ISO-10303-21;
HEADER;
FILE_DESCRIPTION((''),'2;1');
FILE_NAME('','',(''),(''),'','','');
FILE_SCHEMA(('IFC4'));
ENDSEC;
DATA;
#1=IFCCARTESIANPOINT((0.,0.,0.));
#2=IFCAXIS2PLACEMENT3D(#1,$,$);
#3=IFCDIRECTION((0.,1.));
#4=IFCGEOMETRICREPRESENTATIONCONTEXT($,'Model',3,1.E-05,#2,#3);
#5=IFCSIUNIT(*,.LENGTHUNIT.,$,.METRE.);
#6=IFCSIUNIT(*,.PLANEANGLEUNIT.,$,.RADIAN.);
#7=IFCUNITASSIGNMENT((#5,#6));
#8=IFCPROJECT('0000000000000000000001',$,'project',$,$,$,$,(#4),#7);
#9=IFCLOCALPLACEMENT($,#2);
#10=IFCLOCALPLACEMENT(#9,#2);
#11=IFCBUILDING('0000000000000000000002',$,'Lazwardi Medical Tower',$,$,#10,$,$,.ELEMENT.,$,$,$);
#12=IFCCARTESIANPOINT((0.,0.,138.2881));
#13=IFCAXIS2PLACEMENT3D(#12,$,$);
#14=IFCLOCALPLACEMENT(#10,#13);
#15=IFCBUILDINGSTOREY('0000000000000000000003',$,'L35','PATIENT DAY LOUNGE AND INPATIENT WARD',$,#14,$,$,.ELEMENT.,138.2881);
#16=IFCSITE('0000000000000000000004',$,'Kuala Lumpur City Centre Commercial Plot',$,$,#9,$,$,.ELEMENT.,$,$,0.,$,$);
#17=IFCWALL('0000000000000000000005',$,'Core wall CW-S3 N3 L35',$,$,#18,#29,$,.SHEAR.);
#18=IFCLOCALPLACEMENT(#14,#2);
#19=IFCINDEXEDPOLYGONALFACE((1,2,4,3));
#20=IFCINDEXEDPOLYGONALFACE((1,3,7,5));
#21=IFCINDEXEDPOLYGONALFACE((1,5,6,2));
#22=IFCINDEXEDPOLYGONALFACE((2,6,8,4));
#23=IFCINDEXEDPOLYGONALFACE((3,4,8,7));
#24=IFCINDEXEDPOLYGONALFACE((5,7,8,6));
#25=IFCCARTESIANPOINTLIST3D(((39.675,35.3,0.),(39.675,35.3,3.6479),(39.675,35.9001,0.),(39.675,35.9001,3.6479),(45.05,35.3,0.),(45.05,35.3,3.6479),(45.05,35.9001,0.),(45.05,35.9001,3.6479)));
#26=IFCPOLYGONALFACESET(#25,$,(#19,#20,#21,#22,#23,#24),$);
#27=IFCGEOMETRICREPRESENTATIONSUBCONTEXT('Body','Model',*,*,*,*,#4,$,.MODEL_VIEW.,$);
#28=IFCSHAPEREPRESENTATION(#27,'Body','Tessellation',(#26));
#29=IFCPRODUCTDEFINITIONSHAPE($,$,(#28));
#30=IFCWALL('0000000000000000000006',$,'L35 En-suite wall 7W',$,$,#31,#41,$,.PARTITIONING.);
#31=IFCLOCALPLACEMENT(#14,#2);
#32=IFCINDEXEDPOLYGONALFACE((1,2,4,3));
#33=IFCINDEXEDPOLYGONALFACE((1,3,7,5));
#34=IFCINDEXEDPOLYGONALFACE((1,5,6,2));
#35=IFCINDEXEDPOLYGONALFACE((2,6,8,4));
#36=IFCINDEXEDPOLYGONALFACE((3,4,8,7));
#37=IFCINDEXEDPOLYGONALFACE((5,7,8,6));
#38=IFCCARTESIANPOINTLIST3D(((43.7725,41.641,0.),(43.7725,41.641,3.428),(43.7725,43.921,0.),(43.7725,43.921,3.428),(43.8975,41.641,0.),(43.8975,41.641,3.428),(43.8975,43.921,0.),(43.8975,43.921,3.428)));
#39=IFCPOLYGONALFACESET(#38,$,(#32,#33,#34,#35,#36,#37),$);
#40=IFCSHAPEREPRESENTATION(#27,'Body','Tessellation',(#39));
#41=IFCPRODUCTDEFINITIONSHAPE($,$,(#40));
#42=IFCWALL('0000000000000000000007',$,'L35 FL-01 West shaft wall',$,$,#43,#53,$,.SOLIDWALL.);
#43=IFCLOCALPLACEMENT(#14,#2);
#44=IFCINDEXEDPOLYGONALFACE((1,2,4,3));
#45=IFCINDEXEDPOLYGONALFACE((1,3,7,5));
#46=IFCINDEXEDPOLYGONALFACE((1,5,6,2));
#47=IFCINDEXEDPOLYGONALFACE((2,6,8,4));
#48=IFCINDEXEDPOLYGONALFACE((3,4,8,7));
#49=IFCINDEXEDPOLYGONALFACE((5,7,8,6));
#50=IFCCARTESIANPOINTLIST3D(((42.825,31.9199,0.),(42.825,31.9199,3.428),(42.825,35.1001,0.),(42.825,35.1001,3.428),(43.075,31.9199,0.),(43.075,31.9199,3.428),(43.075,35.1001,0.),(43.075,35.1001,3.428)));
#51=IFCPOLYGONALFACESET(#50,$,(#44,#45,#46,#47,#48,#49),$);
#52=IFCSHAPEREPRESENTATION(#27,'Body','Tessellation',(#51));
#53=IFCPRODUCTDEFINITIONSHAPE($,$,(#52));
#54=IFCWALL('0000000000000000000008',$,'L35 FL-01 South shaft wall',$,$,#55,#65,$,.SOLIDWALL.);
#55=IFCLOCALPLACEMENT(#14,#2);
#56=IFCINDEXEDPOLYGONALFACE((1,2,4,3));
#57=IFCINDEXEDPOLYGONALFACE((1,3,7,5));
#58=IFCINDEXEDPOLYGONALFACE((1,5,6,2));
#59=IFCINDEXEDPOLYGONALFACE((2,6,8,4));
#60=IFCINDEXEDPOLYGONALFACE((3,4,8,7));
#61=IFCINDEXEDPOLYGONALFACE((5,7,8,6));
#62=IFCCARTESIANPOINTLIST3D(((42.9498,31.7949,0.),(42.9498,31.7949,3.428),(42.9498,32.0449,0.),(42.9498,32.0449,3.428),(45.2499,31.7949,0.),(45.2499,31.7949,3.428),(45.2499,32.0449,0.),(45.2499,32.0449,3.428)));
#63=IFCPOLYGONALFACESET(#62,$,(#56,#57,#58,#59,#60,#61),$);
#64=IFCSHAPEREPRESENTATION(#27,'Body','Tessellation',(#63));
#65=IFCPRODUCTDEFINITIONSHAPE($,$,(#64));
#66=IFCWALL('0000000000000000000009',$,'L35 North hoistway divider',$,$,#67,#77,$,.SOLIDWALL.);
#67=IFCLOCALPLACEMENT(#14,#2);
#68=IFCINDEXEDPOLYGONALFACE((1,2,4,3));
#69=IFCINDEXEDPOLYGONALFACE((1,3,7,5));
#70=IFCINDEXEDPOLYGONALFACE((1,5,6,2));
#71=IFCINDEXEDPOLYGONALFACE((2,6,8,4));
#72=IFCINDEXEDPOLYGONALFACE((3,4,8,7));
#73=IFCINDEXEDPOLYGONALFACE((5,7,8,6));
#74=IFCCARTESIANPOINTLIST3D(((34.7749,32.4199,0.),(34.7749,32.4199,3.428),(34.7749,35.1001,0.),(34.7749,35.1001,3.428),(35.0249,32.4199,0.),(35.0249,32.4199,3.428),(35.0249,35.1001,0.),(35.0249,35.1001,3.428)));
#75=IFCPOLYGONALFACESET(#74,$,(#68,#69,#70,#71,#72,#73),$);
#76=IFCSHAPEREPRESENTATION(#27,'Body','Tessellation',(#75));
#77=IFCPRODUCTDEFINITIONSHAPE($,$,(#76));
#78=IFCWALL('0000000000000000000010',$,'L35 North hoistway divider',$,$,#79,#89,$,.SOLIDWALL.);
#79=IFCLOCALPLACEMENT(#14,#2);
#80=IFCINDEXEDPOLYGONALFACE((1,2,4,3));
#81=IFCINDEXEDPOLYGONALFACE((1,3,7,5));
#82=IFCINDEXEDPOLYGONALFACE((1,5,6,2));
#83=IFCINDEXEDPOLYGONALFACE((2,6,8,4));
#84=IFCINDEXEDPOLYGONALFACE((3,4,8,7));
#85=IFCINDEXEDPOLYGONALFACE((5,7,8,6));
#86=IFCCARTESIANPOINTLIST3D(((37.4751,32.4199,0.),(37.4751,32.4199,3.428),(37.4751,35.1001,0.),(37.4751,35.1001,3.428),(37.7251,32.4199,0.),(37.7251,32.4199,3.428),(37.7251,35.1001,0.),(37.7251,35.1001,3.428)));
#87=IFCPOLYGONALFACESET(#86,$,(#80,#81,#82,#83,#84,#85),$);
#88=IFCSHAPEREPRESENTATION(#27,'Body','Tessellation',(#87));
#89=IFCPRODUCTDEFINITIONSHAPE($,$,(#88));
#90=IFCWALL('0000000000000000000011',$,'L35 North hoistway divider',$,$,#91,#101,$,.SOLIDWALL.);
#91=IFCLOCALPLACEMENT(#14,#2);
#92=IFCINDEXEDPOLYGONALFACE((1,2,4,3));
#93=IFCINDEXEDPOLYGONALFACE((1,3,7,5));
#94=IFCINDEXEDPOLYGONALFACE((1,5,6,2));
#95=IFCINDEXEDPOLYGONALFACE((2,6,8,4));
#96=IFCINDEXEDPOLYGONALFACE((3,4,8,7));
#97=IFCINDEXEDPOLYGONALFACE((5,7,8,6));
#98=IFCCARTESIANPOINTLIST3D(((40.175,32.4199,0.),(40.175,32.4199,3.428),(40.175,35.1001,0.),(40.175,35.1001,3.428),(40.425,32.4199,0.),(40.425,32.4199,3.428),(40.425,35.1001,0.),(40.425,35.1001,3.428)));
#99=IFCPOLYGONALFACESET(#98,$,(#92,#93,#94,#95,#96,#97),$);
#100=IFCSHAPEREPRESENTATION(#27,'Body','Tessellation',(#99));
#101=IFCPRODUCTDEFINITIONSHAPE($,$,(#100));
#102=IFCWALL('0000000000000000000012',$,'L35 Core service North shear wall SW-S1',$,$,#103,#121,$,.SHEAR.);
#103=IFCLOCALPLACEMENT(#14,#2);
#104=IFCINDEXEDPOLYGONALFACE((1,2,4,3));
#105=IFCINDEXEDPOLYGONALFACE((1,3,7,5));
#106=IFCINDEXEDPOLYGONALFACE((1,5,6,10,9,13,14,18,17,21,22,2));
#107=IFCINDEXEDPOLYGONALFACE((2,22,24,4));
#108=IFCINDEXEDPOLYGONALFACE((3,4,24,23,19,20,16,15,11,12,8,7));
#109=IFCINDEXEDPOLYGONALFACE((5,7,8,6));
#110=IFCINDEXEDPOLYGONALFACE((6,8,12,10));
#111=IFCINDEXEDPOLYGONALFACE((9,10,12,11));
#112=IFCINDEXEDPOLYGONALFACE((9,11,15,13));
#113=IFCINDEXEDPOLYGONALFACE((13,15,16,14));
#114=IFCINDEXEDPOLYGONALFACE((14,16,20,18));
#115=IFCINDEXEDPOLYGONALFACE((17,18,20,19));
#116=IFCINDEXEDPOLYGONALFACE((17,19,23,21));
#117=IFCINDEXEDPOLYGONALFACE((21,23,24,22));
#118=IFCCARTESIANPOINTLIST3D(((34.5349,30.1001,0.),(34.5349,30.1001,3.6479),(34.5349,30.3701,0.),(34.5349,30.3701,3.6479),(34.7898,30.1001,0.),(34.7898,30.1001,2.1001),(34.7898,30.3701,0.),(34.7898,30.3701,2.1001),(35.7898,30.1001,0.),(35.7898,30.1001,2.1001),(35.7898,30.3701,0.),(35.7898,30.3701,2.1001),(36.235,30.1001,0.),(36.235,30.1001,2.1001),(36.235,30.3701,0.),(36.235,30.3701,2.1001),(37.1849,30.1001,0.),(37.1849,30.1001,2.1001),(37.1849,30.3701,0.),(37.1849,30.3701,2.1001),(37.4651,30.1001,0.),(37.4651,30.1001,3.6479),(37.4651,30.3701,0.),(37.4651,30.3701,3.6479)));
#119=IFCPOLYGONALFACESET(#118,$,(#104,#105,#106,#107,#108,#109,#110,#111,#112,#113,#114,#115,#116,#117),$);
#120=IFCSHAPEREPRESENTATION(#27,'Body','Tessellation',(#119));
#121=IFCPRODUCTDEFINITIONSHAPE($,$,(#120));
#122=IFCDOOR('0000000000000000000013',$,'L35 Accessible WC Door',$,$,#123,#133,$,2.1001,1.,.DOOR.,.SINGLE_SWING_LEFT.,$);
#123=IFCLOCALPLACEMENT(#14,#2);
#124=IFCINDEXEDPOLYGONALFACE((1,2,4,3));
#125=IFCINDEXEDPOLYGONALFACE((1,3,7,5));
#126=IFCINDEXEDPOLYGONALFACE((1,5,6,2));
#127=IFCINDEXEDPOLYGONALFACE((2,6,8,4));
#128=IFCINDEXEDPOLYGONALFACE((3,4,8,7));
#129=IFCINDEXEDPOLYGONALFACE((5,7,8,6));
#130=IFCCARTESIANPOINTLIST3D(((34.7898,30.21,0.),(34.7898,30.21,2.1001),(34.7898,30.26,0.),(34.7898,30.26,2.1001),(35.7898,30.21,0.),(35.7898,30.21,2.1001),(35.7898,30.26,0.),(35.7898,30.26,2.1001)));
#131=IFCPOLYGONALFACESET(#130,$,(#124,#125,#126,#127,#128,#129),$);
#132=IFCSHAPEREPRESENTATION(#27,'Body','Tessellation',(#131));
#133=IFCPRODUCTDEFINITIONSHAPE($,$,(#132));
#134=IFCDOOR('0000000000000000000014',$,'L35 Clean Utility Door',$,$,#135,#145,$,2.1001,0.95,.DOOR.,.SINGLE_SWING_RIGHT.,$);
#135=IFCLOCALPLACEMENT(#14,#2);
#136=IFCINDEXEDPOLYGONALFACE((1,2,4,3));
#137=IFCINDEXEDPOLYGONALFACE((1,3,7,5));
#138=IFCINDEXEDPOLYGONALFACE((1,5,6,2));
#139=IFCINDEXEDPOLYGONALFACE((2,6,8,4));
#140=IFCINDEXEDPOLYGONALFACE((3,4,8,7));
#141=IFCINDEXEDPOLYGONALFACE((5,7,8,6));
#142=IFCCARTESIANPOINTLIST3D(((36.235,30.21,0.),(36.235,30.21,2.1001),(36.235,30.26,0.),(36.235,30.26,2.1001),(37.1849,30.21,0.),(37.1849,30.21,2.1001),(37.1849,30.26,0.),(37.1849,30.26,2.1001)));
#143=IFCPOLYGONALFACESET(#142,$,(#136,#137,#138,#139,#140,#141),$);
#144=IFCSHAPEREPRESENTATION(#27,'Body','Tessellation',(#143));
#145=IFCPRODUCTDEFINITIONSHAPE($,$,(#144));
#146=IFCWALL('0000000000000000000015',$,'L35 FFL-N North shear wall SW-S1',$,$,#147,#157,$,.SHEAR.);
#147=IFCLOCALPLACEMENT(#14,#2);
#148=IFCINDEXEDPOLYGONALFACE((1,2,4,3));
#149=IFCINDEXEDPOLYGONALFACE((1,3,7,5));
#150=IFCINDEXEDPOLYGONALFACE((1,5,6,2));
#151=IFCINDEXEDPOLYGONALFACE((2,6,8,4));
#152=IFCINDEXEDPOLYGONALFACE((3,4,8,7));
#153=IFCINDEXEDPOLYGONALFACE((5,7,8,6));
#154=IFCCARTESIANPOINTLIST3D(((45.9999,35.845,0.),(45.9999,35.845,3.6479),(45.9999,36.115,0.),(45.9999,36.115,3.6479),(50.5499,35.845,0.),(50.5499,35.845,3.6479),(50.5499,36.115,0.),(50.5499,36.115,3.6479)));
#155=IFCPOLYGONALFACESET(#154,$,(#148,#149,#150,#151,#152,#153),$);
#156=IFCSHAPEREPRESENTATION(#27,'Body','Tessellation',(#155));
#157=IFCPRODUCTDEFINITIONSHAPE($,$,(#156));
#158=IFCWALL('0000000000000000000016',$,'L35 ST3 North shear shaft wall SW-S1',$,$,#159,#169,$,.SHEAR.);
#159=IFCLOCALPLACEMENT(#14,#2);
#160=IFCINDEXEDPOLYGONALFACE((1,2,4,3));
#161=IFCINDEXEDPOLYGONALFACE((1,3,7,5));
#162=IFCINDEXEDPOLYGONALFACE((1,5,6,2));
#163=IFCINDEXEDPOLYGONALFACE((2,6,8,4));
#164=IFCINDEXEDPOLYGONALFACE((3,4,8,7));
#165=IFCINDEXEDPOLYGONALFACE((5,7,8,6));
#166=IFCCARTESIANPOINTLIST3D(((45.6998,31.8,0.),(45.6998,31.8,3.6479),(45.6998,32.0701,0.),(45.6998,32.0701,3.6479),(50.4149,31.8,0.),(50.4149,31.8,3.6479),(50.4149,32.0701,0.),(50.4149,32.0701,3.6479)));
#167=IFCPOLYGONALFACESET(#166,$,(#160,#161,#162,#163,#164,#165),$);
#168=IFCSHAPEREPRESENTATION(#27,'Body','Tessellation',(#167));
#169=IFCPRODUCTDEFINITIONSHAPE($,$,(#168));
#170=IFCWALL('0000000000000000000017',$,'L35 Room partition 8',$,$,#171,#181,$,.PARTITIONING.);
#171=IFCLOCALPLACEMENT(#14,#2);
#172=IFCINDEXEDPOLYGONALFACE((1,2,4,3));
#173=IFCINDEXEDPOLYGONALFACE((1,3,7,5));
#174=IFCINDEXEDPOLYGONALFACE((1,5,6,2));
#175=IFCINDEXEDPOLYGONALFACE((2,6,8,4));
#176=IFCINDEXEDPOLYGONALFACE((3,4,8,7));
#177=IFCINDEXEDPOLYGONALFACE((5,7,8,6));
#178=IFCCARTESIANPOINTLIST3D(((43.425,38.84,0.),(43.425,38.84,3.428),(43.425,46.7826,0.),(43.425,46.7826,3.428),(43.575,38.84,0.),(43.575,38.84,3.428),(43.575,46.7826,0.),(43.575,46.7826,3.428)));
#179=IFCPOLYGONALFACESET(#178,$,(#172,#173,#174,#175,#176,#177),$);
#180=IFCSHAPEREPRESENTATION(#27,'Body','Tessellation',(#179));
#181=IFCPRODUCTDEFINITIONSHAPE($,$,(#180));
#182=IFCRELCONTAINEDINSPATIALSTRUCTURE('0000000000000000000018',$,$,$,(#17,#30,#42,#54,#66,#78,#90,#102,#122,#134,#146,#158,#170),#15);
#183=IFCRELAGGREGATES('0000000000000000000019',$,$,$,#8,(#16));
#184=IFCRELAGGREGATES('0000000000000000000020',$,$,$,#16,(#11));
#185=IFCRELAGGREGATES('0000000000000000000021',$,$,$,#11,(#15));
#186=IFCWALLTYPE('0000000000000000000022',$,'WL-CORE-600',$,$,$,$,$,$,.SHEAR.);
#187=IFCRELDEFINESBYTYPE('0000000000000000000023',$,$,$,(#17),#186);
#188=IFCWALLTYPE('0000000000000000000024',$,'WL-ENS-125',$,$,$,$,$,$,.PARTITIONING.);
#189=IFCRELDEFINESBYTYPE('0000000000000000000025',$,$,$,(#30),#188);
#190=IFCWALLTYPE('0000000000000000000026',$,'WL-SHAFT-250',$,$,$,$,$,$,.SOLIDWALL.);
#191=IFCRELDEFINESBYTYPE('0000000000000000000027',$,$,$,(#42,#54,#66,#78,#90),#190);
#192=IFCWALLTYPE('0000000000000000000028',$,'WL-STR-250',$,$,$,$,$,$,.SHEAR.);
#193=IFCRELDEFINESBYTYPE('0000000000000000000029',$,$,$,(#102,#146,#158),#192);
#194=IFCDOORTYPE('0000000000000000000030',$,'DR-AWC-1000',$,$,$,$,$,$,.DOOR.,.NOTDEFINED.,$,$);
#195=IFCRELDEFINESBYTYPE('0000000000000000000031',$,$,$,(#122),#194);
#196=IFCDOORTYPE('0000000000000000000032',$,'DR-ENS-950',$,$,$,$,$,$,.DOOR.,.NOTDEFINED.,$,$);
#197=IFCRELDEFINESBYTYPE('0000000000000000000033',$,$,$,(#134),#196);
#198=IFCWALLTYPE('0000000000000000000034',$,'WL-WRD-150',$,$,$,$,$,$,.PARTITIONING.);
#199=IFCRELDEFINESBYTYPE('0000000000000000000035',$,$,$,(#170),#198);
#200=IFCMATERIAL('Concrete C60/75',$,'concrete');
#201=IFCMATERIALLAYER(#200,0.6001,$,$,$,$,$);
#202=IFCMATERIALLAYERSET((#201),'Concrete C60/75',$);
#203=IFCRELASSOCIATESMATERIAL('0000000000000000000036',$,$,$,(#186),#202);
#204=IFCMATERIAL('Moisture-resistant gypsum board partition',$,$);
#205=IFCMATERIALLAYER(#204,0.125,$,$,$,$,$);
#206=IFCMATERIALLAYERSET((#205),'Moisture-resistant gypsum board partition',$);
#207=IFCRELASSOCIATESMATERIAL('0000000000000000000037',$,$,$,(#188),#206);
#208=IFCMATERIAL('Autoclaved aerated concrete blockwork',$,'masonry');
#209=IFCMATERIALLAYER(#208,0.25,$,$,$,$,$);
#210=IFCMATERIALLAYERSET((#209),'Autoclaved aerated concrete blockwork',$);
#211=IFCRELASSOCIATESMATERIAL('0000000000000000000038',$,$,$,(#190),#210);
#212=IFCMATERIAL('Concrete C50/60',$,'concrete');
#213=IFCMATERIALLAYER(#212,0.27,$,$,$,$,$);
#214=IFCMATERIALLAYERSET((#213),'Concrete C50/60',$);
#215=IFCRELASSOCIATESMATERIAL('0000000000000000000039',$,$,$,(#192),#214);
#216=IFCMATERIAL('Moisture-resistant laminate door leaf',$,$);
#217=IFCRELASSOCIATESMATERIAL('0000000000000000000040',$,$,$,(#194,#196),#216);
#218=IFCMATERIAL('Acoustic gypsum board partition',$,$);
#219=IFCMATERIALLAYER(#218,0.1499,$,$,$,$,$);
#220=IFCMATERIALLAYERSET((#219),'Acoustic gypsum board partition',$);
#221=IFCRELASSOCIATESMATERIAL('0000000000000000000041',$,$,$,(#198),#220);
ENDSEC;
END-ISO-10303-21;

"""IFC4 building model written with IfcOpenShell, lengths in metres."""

from ifc_helpers import new_model, si_unit, direction, frame, frame_2d, origin, place, context, subcontext, project, spatial, rectangle, extrude, material, layer, layer_set, type_object, element, fill, save


model = new_model("IFC4")

# Units and contexts
model_context = context("Model", 3, precision=1e-05, world=origin(), true_north=direction((0.0, 1.0)))
body_context = subcontext(model_context, "Body", "Model", "MODEL_VIEW")
ifc_project = project(units=[si_unit("LENGTHUNIT", "METRE"), si_unit("PLANEANGLEUNIT", "RADIAN")], contexts=[model_context])

# Site, building, storey
site_placement = place(None, origin())
site = spatial("IfcSite", under=ifc_project, at=site_placement, Name="Kuala Lumpur City Centre Commercial Plot", CompositionType="ELEMENT", RefElevation=0.0)
building_placement = place(site_placement, origin())
building = spatial("IfcBuilding", under=site, at=building_placement, Name="Lazwardi Medical Tower", CompositionType="ELEMENT")
storey_placement = place(building_placement, frame((0.0, 0.0, 138.2881)))
storey = spatial("IfcBuildingStorey", under=building, at=storey_placement, Name="L35", Description="PATIENT DAY LOUNGE AND INPATIENT WARD", CompositionType="ELEMENT", Elevation=138.2881)

# Shared definitions
ifc_material_1 = material(Name="Concrete C60/75", Category="concrete")

# Walls
ifc_layer_1 = layer(ifc_material_1, 0.6001)
ifc_layer_set_1 = layer_set([ifc_layer_1], Name="Concrete C60/75")
wall_type_1 = type_object("IfcWallType", Name="WL-CORE-600", PredefinedType="SHEAR", material=ifc_layer_set_1)
wall_1_placement = place(storey_placement, frame((39.675, 35.6001, 0.0), z_axis=(0.0, 0.0, 1.0), x_axis=(1.0, 0.0, 0.0)))
element("IfcWall", 1, at=wall_1_placement, inside=storey, type_object=wall_type_1, Name="Core wall CW-S3 N3 L35", PredefinedType="SHEAR", context=body_context, shape_type="SweptSolid", body=[
    extrude(rectangle(XDim=5.375, YDim=0.6001, at=frame_2d((2.6875, 0.0))), origin(), (0.0, 0.0, 1.0), 3.6479),
])
ifc_material_2 = material(Name="Moisture-resistant gypsum board partition")
ifc_layer_2 = layer(ifc_material_2, 0.125)
ifc_layer_set_2 = layer_set([ifc_layer_2], Name="Moisture-resistant gypsum board partition")
wall_type_2 = type_object("IfcWallType", Name="WL-ENS-125", PredefinedType="PARTITIONING", material=ifc_layer_set_2)
wall_2_placement = place(storey_placement, frame((43.835, 41.6409, 0.0), z_axis=(0.0, 0.0, 1.0), x_axis=(0.0, 1.0, 0.0)))
element("IfcWall", 2, at=wall_2_placement, inside=storey, type_object=wall_type_2, Name="L35 En-suite wall 7W", PredefinedType="PARTITIONING", context=body_context, shape_type="SweptSolid", body=[
    extrude(rectangle(XDim=2.28, YDim=0.125, at=frame_2d((1.1401, 0.0))), origin(), (0.0, 0.0, 1.0), 3.428),
])
ifc_material_3 = material(Name="Autoclaved aerated concrete blockwork", Category="masonry")
ifc_layer_3 = layer(ifc_material_3, 0.25)
ifc_layer_set_3 = layer_set([ifc_layer_3], Name="Autoclaved aerated concrete blockwork")
wall_type_3 = type_object("IfcWallType", Name="WL-SHAFT-250", PredefinedType="SOLIDWALL", material=ifc_layer_set_3)
wall_3_placement = place(storey_placement, frame((42.95, 31.9199, 0.0), z_axis=(0.0, 0.0, 1.0), x_axis=(0.0, 1.0, 0.0)))
element("IfcWall", 3, at=wall_3_placement, inside=storey, type_object=wall_type_3, Name="L35 FL-01 West shaft wall", PredefinedType="SOLIDWALL", context=body_context, shape_type="SweptSolid", body=[
    extrude(rectangle(XDim=3.1802, YDim=0.25, at=frame_2d((1.5901, 0.0))), origin(), (0.0, 0.0, 1.0), 3.428),
])
wall_4_placement = place(storey_placement, frame((42.95, 31.9199, 0.0), z_axis=(0.0, 0.0, 1.0), x_axis=(1.0, 0.0, 0.0)))
element("IfcWall", 4, at=wall_4_placement, inside=storey, type_object=wall_type_3, Name="L35 FL-01 South shaft wall", PredefinedType="SOLIDWALL", context=body_context, shape_type="SweptSolid", body=[
    extrude(rectangle(XDim=2.3, YDim=0.25, at=frame_2d((1.1499, 0.0))), origin(), (0.0, 0.0, 1.0), 3.428),
])
for number, where, z_axis, x_axis, name in (
    (5, (34.8999, 32.4199, 0.0), (0.0, 0.0, 1.0), (0.0, 1.0, 0.0), "L35 North hoistway divider"),
    (6, (37.6001, 32.4199, 0.0), (0.0, 0.0, 1.0), (0.0, 1.0, 0.0), "L35 North hoistway divider"),
    (7, (40.3, 32.4199, 0.0), (0.0, 0.0, 1.0), (0.0, 1.0, 0.0), "L35 North hoistway divider"),
):
    element("IfcWall", number, at=place(storey_placement, frame(where, z_axis=z_axis, x_axis=x_axis)), inside=storey, type_object=wall_type_3, Name=name, PredefinedType="SOLIDWALL", context=body_context, shape_type="SweptSolid", body=[
        extrude(rectangle(XDim=2.6802, YDim=0.25, at=frame_2d((1.3401, 0.0))), origin(), (0.0, 0.0, 1.0), 3.428),
    ])

# Wall, openings, doors
ifc_material_4 = material(Name="Concrete C50/60", Category="concrete")
ifc_layer_4 = layer(ifc_material_4, 0.27)
ifc_layer_set_4 = layer_set([ifc_layer_4], Name="Concrete C50/60")
wall_type_4 = type_object("IfcWallType", Name="WL-STR-250", PredefinedType="SHEAR", material=ifc_layer_set_4)
wall_5_placement = place(storey_placement, frame((34.5349, 30.2351, 0.0), z_axis=(0.0, 0.0, 1.0), x_axis=(1.0, 0.0, 0.0)))
wall_5 = element("IfcWall", 8, at=wall_5_placement, inside=storey, type_object=wall_type_4, Name="L35 Core service North shear wall SW-S1", PredefinedType="SHEAR", context=body_context, shape_type="SweptSolid", body=[
    extrude(rectangle(XDim=2.9302, YDim=0.27, at=frame_2d((1.4651, 0.0))), origin(), (0.0, 0.0, 1.0), 3.6479),
])
opening_1_placement = place(wall_5_placement, frame((0.2549, 0.0, 0.0)))
opening_1 = element("IfcOpeningElement", 9, at=opening_1_placement, cuts=wall_5, PredefinedType="OPENING", context=body_context, shape_type="SweptSolid", body=[
    extrude(rectangle(XDim=1.0, YDim=2.1001, at=frame_2d((0.5, 1.05))), frame((0.0, 0.145, 0.0), z_axis=(0.0, -1.0, 0.0), x_axis=(1.0, 0.0, 0.0)), (0.0, 0.0, 1.0), 0.29),
])
opening_2_placement = place(wall_5_placement, frame((1.7, 0.0, 0.0)))
opening_2 = element("IfcOpeningElement", 10, at=opening_2_placement, cuts=wall_5, PredefinedType="OPENING", context=body_context, shape_type="SweptSolid", body=[
    extrude(rectangle(XDim=0.95, YDim=2.1001, at=frame_2d((0.4751, 1.05))), frame((0.0, 0.145, 0.0), z_axis=(0.0, -1.0, 0.0), x_axis=(1.0, 0.0, 0.0)), (0.0, 0.0, 1.0), 0.29),
])
ifc_material_5 = material(Name="Moisture-resistant laminate door leaf")
door_type_1 = type_object("IfcDoorType", Name="DR-AWC-1000", OperationType="NOTDEFINED", PredefinedType="DOOR", material=ifc_material_5)
door_1_placement = place(opening_1_placement, origin())
door_1 = element("IfcDoor", 11, at=door_1_placement, inside=storey, type_object=door_type_1, Name="L35 Accessible WC Door", OperationType="SINGLE_SWING_LEFT", OverallHeight=2.1001, OverallWidth=1.0, PredefinedType="DOOR", context=body_context, shape_type="SweptSolid", body=[
    extrude(rectangle(XDim=1.0, YDim=2.1001, at=frame_2d((0.5, 1.05))), frame((0.0, 0.0249, 0.0), z_axis=(0.0, -1.0, 0.0), x_axis=(1.0, 0.0, 0.0)), (0.0, 0.0, 1.0), 0.05),
])
fill(opening_1, door_1)
door_type_2 = type_object("IfcDoorType", Name="DR-ENS-950", OperationType="NOTDEFINED", PredefinedType="DOOR", material=ifc_material_5)
door_2_placement = place(opening_2_placement, origin())
door_2 = element("IfcDoor", 12, at=door_2_placement, inside=storey, type_object=door_type_2, Name="L35 Clean Utility Door", OperationType="SINGLE_SWING_RIGHT", OverallHeight=2.1001, OverallWidth=0.95, PredefinedType="DOOR", context=body_context, shape_type="SweptSolid", body=[
    extrude(rectangle(XDim=0.95, YDim=2.1001, at=frame_2d((0.4751, 1.05))), frame((0.0, 0.0249, 0.0), z_axis=(0.0, -1.0, 0.0), x_axis=(1.0, 0.0, 0.0)), (0.0, 0.0, 1.0), 0.05),
])
fill(opening_2, door_2)

# Walls
wall_6_placement = place(storey_placement, frame((46.0, 35.98, 0.0), z_axis=(0.0, 0.0, 1.0), x_axis=(1.0, 0.0, 0.0)))
element("IfcWall", 13, at=wall_6_placement, inside=storey, type_object=wall_type_4, Name="L35 FFL-N North shear wall SW-S1", PredefinedType="SHEAR", context=body_context, shape_type="SweptSolid", body=[
    extrude(rectangle(XDim=4.55, YDim=0.27, at=frame_2d((2.2749, 0.0))), origin(), (0.0, 0.0, 1.0), 3.6479),
])
wall_7_placement = place(storey_placement, frame((45.7, 31.9351, 0.0), z_axis=(0.0, 0.0, 1.0), x_axis=(1.0, 0.0, 0.0)))
element("IfcWall", 14, at=wall_7_placement, inside=storey, type_object=wall_type_4, Name="L35 ST3 North shear shaft wall SW-S1", PredefinedType="SHEAR", context=body_context, shape_type="SweptSolid", body=[
    extrude(rectangle(XDim=4.7151, YDim=0.27, at=frame_2d((2.3574, 0.0))), origin(), (0.0, 0.0, 1.0), 3.6479),
])
ifc_material_6 = material(Name="Acoustic gypsum board partition")
ifc_layer_5 = layer(ifc_material_6, 0.1499)
ifc_layer_set_5 = layer_set([ifc_layer_5], Name="Acoustic gypsum board partition")
wall_type_5 = type_object("IfcWallType", Name="WL-WRD-150", PredefinedType="PARTITIONING", material=ifc_layer_set_5)
wall_8_placement = place(storey_placement, frame((43.5, 38.8401, 0.0), z_axis=(0.0, 0.0, 1.0), x_axis=(0.0, 1.0, 0.0)))
element("IfcWall", 15, at=wall_8_placement, inside=storey, type_object=wall_type_5, Name="L35 Room partition 8", PredefinedType="PARTITIONING", context=body_context, shape_type="SweptSolid", body=[
    extrude(rectangle(XDim=7.9426, YDim=0.1499, at=frame_2d((3.9712, 0.0))), origin(), (0.0, 0.0, 1.0), 3.428),
])

save(model, "model.ifc")
